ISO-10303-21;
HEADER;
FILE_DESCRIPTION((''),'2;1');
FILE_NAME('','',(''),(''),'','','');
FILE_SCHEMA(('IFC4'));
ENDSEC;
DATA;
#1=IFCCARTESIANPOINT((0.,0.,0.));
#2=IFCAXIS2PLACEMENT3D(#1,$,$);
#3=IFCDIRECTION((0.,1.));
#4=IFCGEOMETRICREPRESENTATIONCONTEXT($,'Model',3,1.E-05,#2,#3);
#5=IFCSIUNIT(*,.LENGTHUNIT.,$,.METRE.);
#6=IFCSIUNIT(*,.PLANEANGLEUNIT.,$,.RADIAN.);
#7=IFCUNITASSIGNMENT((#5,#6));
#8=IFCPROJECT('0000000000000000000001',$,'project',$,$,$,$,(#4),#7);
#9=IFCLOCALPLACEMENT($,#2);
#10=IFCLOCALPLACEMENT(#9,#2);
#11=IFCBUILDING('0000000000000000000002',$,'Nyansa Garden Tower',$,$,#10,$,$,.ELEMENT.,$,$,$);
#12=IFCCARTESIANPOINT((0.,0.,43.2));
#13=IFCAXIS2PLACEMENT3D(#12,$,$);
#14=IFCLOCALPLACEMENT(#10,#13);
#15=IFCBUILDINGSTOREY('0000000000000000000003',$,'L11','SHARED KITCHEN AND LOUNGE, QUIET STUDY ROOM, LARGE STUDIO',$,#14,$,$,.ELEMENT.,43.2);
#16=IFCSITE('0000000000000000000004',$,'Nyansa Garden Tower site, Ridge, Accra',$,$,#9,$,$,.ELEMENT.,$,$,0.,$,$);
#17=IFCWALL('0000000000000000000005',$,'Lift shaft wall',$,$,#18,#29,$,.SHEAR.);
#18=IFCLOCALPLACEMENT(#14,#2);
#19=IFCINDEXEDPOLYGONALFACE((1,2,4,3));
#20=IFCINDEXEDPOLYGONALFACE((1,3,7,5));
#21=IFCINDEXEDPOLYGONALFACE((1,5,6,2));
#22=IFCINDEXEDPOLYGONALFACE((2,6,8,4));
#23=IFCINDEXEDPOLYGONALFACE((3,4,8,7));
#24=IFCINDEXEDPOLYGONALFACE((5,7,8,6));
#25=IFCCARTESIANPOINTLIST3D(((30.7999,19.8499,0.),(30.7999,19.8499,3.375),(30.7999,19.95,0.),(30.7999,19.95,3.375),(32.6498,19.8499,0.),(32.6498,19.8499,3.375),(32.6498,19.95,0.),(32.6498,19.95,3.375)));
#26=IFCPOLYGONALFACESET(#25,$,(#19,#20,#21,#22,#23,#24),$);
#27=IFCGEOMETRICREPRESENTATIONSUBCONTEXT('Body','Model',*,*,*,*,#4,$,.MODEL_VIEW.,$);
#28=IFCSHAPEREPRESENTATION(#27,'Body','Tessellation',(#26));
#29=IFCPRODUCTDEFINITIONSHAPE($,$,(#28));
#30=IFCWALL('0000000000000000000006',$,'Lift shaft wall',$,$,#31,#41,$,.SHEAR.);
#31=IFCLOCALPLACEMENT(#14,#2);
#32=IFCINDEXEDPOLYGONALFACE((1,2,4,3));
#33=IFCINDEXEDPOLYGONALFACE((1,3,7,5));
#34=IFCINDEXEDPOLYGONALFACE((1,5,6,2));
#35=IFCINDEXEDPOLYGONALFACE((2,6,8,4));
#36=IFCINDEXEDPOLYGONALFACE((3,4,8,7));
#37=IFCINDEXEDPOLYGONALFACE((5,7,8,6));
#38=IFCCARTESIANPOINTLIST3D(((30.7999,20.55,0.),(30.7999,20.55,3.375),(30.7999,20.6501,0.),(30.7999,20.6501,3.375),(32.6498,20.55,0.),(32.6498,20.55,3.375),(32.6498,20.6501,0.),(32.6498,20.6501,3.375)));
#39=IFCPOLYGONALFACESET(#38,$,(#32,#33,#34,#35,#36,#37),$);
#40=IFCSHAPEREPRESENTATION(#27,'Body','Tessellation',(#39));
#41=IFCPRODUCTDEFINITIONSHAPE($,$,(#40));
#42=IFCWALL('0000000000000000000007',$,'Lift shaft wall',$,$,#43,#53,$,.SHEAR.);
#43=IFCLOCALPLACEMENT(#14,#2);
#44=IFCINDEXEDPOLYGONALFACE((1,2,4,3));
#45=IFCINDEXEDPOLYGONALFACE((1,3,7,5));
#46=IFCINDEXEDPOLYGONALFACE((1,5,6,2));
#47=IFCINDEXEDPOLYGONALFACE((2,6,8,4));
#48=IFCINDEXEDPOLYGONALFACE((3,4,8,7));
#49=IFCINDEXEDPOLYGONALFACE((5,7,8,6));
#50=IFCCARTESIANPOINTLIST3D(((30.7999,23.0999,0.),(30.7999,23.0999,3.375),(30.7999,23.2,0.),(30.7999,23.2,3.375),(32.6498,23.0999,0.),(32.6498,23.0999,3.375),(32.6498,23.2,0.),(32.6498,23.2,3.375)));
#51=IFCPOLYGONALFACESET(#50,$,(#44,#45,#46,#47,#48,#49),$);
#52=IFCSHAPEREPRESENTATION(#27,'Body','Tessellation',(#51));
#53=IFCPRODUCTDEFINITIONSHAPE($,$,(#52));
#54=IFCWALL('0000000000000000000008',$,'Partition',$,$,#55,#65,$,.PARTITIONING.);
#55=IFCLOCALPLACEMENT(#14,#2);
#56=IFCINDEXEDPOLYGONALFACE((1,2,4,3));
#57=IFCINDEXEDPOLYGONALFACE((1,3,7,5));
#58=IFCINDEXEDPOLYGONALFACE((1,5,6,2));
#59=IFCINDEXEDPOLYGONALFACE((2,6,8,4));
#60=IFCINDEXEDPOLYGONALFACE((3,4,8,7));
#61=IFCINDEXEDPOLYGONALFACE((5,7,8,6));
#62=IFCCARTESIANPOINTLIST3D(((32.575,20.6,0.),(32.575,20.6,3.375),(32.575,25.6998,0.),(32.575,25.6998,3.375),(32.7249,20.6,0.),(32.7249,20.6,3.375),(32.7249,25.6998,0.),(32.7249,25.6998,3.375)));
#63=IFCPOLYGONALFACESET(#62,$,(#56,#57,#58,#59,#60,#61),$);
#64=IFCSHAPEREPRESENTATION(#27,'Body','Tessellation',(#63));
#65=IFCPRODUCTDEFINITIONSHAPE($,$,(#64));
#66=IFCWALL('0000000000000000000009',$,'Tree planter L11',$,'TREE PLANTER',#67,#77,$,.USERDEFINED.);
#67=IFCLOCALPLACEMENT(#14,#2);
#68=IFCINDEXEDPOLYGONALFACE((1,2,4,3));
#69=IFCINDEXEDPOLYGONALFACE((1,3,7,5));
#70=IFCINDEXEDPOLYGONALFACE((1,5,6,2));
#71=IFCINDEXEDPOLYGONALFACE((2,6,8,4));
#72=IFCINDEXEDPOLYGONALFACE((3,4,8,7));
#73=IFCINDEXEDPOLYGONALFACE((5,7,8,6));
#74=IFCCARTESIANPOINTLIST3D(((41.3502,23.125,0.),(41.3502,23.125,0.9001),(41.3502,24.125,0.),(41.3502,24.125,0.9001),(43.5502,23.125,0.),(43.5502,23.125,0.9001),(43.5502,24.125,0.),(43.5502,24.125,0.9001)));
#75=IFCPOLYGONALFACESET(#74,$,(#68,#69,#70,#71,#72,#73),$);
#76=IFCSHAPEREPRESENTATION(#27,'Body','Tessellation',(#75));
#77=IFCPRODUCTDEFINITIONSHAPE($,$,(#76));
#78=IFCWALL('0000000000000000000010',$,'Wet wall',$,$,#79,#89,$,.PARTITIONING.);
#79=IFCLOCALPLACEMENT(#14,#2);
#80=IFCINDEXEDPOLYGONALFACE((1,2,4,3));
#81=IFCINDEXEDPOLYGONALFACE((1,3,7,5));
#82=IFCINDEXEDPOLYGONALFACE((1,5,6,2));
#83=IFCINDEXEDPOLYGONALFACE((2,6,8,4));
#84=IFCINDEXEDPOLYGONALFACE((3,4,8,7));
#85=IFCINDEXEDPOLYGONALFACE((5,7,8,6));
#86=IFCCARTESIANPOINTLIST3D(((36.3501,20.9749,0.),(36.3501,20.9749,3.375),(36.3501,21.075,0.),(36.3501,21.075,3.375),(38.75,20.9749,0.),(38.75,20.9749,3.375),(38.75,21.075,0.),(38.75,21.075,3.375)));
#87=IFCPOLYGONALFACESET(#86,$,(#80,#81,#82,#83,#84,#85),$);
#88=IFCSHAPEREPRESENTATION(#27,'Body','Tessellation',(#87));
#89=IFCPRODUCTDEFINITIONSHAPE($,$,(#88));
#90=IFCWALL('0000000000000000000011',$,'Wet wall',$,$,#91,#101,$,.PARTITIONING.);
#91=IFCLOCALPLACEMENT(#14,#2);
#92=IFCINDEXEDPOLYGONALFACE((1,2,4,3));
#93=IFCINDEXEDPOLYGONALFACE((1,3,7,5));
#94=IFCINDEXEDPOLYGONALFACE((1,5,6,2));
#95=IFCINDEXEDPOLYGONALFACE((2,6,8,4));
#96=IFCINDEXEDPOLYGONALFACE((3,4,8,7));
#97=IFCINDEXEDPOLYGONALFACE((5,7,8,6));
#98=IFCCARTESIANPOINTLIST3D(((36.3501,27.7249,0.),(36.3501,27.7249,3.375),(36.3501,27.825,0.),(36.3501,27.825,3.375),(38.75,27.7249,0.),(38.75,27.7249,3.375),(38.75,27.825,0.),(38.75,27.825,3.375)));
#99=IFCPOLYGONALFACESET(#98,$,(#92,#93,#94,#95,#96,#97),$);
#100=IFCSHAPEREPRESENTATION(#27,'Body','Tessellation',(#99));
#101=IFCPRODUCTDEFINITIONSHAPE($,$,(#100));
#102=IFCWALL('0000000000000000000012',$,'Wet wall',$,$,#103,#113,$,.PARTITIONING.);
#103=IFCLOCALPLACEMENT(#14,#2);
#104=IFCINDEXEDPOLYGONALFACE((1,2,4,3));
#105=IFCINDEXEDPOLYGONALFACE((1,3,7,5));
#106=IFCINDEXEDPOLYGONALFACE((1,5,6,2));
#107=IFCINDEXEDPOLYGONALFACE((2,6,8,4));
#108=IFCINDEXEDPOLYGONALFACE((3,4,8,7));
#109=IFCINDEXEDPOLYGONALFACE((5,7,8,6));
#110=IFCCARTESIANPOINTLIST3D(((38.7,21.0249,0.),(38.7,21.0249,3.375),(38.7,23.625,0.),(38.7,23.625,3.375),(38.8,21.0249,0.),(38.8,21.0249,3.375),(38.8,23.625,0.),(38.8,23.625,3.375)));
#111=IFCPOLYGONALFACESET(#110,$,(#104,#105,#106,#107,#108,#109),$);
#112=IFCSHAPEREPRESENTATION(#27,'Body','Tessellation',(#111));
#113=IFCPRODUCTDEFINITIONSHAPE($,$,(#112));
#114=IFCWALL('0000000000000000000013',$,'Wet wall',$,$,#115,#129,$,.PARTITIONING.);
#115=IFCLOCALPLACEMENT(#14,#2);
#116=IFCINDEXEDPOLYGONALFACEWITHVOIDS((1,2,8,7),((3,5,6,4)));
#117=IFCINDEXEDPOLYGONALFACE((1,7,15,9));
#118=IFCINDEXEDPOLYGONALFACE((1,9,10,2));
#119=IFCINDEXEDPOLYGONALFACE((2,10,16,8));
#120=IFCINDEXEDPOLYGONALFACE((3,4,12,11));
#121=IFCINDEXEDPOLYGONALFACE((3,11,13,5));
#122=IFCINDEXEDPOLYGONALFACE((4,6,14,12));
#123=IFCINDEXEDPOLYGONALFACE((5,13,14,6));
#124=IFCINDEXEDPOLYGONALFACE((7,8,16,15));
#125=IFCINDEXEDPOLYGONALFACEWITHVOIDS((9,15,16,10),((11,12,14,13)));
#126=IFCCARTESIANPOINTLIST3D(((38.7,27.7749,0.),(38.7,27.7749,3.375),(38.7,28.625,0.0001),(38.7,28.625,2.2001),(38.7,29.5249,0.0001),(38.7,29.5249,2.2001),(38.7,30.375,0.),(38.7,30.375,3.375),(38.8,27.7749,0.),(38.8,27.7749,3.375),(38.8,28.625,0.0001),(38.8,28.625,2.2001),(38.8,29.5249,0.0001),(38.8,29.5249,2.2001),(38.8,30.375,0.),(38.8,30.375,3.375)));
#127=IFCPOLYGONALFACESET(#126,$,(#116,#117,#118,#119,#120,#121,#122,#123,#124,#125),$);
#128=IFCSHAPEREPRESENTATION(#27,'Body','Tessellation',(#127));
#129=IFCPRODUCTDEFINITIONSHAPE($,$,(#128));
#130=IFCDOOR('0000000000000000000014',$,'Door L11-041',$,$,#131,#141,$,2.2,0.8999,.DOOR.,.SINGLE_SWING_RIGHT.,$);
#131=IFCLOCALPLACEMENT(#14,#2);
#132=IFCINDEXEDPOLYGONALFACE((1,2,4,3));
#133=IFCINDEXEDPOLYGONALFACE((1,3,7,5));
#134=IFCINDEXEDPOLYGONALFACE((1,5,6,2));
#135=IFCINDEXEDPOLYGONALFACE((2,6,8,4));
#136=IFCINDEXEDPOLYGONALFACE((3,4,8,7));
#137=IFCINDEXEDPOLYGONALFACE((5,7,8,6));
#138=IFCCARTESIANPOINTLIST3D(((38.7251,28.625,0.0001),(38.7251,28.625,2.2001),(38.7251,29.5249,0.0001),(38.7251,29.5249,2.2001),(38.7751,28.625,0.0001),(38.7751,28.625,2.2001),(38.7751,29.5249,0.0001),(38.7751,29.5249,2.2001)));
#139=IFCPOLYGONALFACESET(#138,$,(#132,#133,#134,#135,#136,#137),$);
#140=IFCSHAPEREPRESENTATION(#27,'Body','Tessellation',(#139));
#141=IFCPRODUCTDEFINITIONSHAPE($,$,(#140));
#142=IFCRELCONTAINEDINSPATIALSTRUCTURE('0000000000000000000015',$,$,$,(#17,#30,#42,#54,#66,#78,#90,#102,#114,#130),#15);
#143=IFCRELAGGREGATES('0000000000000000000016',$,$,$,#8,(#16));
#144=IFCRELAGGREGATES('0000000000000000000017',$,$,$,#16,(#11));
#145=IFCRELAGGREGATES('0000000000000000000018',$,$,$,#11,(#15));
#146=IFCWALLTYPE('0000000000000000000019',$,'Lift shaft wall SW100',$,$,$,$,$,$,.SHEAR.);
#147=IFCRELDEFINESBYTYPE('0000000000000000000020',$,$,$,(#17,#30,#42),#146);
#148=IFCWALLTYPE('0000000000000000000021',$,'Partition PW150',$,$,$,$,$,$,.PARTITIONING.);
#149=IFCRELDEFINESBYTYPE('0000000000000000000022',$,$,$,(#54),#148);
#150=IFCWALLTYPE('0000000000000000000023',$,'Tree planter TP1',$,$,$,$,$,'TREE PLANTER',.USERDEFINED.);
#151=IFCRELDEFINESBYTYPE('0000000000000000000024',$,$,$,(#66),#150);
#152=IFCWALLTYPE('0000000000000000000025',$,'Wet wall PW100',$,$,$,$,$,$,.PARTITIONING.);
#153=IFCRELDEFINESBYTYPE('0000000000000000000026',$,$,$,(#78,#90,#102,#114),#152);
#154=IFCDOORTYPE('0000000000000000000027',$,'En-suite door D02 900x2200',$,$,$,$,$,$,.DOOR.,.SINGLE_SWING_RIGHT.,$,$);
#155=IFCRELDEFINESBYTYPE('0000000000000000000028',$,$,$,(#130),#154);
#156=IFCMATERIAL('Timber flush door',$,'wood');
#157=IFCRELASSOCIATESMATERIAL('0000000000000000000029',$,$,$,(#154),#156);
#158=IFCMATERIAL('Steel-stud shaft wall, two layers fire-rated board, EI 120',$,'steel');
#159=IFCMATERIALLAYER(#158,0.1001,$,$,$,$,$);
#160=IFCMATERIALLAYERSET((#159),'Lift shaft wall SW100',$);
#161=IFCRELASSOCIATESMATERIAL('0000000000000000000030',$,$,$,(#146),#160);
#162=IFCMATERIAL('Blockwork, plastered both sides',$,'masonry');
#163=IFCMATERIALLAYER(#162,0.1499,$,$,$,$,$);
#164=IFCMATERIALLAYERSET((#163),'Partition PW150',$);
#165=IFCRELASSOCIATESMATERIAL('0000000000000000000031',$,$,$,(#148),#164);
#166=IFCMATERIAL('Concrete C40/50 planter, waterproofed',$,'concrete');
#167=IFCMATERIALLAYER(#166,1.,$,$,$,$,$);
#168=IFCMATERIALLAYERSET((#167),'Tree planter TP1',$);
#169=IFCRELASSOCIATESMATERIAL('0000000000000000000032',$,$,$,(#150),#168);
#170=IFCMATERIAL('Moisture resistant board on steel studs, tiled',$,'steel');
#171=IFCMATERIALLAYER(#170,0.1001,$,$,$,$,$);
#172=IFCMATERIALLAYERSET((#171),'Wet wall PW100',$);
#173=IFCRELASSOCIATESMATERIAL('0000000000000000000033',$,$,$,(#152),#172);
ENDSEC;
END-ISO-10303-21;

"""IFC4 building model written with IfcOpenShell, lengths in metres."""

from ifc_helpers import new_model, si_unit, direction, frame, frame_2d, origin, place, context, subcontext, project, spatial, rectangle, extrude, material, layer, layer_set, type_object, element, fill, save


model = new_model("IFC4")

# Units and contexts
model_context = context("Model", 3, precision=1e-05, world=origin(), true_north=direction((0.0, 1.0)))
body_context = subcontext(model_context, "Body", "Model", "MODEL_VIEW")
ifc_project = project(units=[si_unit("LENGTHUNIT", "METRE"), si_unit("PLANEANGLEUNIT", "RADIAN")], contexts=[model_context])

# Site, building, storey
site_placement = place(None, origin())
site = spatial("IfcSite", under=ifc_project, at=site_placement, Name="Nyansa Garden Tower site, Ridge, Accra", CompositionType="ELEMENT", RefElevation=0.0)
building_placement = place(site_placement, origin())
building = spatial("IfcBuilding", under=site, at=building_placement, Name="Nyansa Garden Tower", CompositionType="ELEMENT")
storey_placement = place(building_placement, frame((0.0, 0.0, 43.2)))
storey = spatial("IfcBuildingStorey", under=building, at=storey_placement, Name="L11", Description="SHARED KITCHEN AND LOUNGE, QUIET STUDY ROOM, LARGE STUDIO", CompositionType="ELEMENT", Elevation=43.2)

# Shared definitions
ifc_material_1 = material(Name="Timber flush door", Category="wood")
door_type_1 = type_object("IfcDoorType", Name="En-suite door D02 900x2200", OperationType="SINGLE_SWING_RIGHT", PredefinedType="DOOR", material=ifc_material_1)

# Walls
ifc_material_2 = material(Name="Steel-stud shaft wall, two layers fire-rated board, EI 120", Category="steel")
ifc_layer_1 = layer(ifc_material_2, 0.1001)
ifc_layer_set_1 = layer_set([ifc_layer_1], Name="Lift shaft wall SW100")
wall_type_1 = type_object("IfcWallType", Name="Lift shaft wall SW100", PredefinedType="SHEAR", material=ifc_layer_set_1)
for number, where, z_axis, x_axis, name in (
    (1, (30.8, 19.8999, 0.0), (0.0, 0.0, 1.0), (1.0, 0.0, 0.0), "Lift shaft wall"),
    (2, (30.8, 20.6001, 0.0), (0.0, 0.0, 1.0), (1.0, 0.0, 0.0), "Lift shaft wall"),
    (3, (30.8, 23.1499, 0.0), (0.0, 0.0, 1.0), (1.0, 0.0, 0.0), "Lift shaft wall"),
):
    element("IfcWall", number, at=place(storey_placement, frame(where, z_axis=z_axis, x_axis=x_axis)), inside=storey, type_object=wall_type_1, Name=name, PredefinedType="SHEAR", context=body_context, shape_type="SweptSolid", body=[
        extrude(rectangle(XDim=1.8499, YDim=0.1001, at=frame_2d((0.9248, 0.0))), origin(), (0.0, 0.0, 1.0), 3.375),
    ])
ifc_material_3 = material(Name="Blockwork, plastered both sides", Category="masonry")
ifc_layer_2 = layer(ifc_material_3, 0.1499)
ifc_layer_set_2 = layer_set([ifc_layer_2], Name="Partition PW150")
wall_type_2 = type_object("IfcWallType", Name="Partition PW150", PredefinedType="PARTITIONING", material=ifc_layer_set_2)
wall_1_placement = place(storey_placement, frame((32.6499, 20.6001, 0.0), z_axis=(0.0, 0.0, 1.0), x_axis=(0.0, 1.0, 0.0)))
element("IfcWall", 4, at=wall_1_placement, inside=storey, type_object=wall_type_2, Name="Partition", PredefinedType="PARTITIONING", context=body_context, shape_type="SweptSolid", body=[
    extrude(rectangle(XDim=5.0999, YDim=0.1499, at=frame_2d((2.5498, 0.0))), origin(), (0.0, 0.0, 1.0), 3.375),
])
ifc_material_4 = material(Name="Concrete C40/50 planter, waterproofed", Category="concrete")
ifc_layer_3 = layer(ifc_material_4, 1.0)
ifc_layer_set_3 = layer_set([ifc_layer_3], Name="Tree planter TP1")
wall_type_3 = type_object("IfcWallType", Name="Tree planter TP1", ElementType="TREE PLANTER", PredefinedType="USERDEFINED", material=ifc_layer_set_3)
wall_2_placement = place(storey_placement, frame((41.3501, 23.625, 0.0), z_axis=(0.0, 0.0, 1.0), x_axis=(1.0, 0.0, 0.0)))
element("IfcWall", 5, at=wall_2_placement, inside=storey, type_object=wall_type_3, Name="Tree planter L11", ObjectType="TREE PLANTER", PredefinedType="USERDEFINED", context=body_context, shape_type="SweptSolid", body=[
    extrude(rectangle(XDim=2.2, YDim=1.0, at=frame_2d((1.1001, 0.0))), origin(), (0.0, 0.0, 1.0), 0.9001),
])
ifc_material_5 = material(Name="Moisture resistant board on steel studs, tiled", Category="steel")
ifc_layer_4 = layer(ifc_material_5, 0.1001)
ifc_layer_set_4 = layer_set([ifc_layer_4], Name="Wet wall PW100")
wall_type_4 = type_object("IfcWallType", Name="Wet wall PW100", PredefinedType="PARTITIONING", material=ifc_layer_set_4)
for number, where, z_axis, x_axis, name in (
    (6, (36.3501, 21.0249, 0.0), (0.0, 0.0, 1.0), (1.0, 0.0, 0.0), "Wet wall"),
    (7, (36.3501, 27.7749, 0.0), (0.0, 0.0, 1.0), (1.0, 0.0, 0.0), "Wet wall"),
):
    element("IfcWall", number, at=place(storey_placement, frame(where, z_axis=z_axis, x_axis=x_axis)), inside=storey, type_object=wall_type_4, Name=name, PredefinedType="PARTITIONING", context=body_context, shape_type="SweptSolid", body=[
        extrude(rectangle(XDim=2.3999, YDim=0.1001, at=frame_2d((1.2, 0.0))), origin(), (0.0, 0.0, 1.0), 3.375),
    ])
wall_3_placement = place(storey_placement, frame((38.75, 21.0249, 0.0), z_axis=(0.0, 0.0, 1.0), x_axis=(0.0, 1.0, 0.0)))
element("IfcWall", 8, at=wall_3_placement, inside=storey, type_object=wall_type_4, Name="Wet wall", PredefinedType="PARTITIONING", context=body_context, shape_type="SweptSolid", body=[
    extrude(rectangle(XDim=2.6001, YDim=0.1001, at=frame_2d((1.3, 0.0))), origin(), (0.0, 0.0, 1.0), 3.375),
])

# Wall, opening, door
wall_4_placement = place(storey_placement, frame((38.75, 27.7749, 0.0), z_axis=(0.0, 0.0, 1.0), x_axis=(0.0, 1.0, 0.0)))
wall_4 = element("IfcWall", 9, at=wall_4_placement, inside=storey, type_object=wall_type_4, Name="Wet wall", PredefinedType="PARTITIONING", context=body_context, shape_type="SweptSolid", body=[
    extrude(rectangle(XDim=2.6001, YDim=0.1001, at=frame_2d((1.3, 0.0))), origin(), (0.0, 0.0, 1.0), 3.375),
])
opening_1_placement = place(wall_4_placement, frame((0.8501, 0.0, 0.0)))
opening_1 = element("IfcOpeningElement", 10, at=opening_1_placement, cuts=wall_4, PredefinedType="OPENING", context=body_context, shape_type="SweptSolid", body=[
    extrude(rectangle(XDim=0.8999, YDim=2.2, at=frame_2d((0.45, 1.1001))), frame((0.0, 0.0601, 0.0), z_axis=(0.0, -1.0, 0.0), x_axis=(1.0, 0.0, 0.0)), (0.0, 0.0, 1.0), 0.1201),
])
door_1_placement = place(opening_1_placement, origin())
door_1 = element("IfcDoor", 11, at=door_1_placement, inside=storey, type_object=door_type_1, Name="Door L11-041", OperationType="SINGLE_SWING_RIGHT", OverallHeight=2.2, OverallWidth=0.8999, PredefinedType="DOOR", context=body_context, shape_type="SweptSolid", body=[
    extrude(rectangle(XDim=0.8999, YDim=2.2, at=frame_2d((0.45, 1.1001))), frame((0.0, 0.0249, 0.0), z_axis=(0.0, -1.0, 0.0), x_axis=(1.0, 0.0, 0.0)), (0.0, 0.0, 1.0), 0.05),
])
fill(opening_1, door_1)

save(model, "model.ifc")
